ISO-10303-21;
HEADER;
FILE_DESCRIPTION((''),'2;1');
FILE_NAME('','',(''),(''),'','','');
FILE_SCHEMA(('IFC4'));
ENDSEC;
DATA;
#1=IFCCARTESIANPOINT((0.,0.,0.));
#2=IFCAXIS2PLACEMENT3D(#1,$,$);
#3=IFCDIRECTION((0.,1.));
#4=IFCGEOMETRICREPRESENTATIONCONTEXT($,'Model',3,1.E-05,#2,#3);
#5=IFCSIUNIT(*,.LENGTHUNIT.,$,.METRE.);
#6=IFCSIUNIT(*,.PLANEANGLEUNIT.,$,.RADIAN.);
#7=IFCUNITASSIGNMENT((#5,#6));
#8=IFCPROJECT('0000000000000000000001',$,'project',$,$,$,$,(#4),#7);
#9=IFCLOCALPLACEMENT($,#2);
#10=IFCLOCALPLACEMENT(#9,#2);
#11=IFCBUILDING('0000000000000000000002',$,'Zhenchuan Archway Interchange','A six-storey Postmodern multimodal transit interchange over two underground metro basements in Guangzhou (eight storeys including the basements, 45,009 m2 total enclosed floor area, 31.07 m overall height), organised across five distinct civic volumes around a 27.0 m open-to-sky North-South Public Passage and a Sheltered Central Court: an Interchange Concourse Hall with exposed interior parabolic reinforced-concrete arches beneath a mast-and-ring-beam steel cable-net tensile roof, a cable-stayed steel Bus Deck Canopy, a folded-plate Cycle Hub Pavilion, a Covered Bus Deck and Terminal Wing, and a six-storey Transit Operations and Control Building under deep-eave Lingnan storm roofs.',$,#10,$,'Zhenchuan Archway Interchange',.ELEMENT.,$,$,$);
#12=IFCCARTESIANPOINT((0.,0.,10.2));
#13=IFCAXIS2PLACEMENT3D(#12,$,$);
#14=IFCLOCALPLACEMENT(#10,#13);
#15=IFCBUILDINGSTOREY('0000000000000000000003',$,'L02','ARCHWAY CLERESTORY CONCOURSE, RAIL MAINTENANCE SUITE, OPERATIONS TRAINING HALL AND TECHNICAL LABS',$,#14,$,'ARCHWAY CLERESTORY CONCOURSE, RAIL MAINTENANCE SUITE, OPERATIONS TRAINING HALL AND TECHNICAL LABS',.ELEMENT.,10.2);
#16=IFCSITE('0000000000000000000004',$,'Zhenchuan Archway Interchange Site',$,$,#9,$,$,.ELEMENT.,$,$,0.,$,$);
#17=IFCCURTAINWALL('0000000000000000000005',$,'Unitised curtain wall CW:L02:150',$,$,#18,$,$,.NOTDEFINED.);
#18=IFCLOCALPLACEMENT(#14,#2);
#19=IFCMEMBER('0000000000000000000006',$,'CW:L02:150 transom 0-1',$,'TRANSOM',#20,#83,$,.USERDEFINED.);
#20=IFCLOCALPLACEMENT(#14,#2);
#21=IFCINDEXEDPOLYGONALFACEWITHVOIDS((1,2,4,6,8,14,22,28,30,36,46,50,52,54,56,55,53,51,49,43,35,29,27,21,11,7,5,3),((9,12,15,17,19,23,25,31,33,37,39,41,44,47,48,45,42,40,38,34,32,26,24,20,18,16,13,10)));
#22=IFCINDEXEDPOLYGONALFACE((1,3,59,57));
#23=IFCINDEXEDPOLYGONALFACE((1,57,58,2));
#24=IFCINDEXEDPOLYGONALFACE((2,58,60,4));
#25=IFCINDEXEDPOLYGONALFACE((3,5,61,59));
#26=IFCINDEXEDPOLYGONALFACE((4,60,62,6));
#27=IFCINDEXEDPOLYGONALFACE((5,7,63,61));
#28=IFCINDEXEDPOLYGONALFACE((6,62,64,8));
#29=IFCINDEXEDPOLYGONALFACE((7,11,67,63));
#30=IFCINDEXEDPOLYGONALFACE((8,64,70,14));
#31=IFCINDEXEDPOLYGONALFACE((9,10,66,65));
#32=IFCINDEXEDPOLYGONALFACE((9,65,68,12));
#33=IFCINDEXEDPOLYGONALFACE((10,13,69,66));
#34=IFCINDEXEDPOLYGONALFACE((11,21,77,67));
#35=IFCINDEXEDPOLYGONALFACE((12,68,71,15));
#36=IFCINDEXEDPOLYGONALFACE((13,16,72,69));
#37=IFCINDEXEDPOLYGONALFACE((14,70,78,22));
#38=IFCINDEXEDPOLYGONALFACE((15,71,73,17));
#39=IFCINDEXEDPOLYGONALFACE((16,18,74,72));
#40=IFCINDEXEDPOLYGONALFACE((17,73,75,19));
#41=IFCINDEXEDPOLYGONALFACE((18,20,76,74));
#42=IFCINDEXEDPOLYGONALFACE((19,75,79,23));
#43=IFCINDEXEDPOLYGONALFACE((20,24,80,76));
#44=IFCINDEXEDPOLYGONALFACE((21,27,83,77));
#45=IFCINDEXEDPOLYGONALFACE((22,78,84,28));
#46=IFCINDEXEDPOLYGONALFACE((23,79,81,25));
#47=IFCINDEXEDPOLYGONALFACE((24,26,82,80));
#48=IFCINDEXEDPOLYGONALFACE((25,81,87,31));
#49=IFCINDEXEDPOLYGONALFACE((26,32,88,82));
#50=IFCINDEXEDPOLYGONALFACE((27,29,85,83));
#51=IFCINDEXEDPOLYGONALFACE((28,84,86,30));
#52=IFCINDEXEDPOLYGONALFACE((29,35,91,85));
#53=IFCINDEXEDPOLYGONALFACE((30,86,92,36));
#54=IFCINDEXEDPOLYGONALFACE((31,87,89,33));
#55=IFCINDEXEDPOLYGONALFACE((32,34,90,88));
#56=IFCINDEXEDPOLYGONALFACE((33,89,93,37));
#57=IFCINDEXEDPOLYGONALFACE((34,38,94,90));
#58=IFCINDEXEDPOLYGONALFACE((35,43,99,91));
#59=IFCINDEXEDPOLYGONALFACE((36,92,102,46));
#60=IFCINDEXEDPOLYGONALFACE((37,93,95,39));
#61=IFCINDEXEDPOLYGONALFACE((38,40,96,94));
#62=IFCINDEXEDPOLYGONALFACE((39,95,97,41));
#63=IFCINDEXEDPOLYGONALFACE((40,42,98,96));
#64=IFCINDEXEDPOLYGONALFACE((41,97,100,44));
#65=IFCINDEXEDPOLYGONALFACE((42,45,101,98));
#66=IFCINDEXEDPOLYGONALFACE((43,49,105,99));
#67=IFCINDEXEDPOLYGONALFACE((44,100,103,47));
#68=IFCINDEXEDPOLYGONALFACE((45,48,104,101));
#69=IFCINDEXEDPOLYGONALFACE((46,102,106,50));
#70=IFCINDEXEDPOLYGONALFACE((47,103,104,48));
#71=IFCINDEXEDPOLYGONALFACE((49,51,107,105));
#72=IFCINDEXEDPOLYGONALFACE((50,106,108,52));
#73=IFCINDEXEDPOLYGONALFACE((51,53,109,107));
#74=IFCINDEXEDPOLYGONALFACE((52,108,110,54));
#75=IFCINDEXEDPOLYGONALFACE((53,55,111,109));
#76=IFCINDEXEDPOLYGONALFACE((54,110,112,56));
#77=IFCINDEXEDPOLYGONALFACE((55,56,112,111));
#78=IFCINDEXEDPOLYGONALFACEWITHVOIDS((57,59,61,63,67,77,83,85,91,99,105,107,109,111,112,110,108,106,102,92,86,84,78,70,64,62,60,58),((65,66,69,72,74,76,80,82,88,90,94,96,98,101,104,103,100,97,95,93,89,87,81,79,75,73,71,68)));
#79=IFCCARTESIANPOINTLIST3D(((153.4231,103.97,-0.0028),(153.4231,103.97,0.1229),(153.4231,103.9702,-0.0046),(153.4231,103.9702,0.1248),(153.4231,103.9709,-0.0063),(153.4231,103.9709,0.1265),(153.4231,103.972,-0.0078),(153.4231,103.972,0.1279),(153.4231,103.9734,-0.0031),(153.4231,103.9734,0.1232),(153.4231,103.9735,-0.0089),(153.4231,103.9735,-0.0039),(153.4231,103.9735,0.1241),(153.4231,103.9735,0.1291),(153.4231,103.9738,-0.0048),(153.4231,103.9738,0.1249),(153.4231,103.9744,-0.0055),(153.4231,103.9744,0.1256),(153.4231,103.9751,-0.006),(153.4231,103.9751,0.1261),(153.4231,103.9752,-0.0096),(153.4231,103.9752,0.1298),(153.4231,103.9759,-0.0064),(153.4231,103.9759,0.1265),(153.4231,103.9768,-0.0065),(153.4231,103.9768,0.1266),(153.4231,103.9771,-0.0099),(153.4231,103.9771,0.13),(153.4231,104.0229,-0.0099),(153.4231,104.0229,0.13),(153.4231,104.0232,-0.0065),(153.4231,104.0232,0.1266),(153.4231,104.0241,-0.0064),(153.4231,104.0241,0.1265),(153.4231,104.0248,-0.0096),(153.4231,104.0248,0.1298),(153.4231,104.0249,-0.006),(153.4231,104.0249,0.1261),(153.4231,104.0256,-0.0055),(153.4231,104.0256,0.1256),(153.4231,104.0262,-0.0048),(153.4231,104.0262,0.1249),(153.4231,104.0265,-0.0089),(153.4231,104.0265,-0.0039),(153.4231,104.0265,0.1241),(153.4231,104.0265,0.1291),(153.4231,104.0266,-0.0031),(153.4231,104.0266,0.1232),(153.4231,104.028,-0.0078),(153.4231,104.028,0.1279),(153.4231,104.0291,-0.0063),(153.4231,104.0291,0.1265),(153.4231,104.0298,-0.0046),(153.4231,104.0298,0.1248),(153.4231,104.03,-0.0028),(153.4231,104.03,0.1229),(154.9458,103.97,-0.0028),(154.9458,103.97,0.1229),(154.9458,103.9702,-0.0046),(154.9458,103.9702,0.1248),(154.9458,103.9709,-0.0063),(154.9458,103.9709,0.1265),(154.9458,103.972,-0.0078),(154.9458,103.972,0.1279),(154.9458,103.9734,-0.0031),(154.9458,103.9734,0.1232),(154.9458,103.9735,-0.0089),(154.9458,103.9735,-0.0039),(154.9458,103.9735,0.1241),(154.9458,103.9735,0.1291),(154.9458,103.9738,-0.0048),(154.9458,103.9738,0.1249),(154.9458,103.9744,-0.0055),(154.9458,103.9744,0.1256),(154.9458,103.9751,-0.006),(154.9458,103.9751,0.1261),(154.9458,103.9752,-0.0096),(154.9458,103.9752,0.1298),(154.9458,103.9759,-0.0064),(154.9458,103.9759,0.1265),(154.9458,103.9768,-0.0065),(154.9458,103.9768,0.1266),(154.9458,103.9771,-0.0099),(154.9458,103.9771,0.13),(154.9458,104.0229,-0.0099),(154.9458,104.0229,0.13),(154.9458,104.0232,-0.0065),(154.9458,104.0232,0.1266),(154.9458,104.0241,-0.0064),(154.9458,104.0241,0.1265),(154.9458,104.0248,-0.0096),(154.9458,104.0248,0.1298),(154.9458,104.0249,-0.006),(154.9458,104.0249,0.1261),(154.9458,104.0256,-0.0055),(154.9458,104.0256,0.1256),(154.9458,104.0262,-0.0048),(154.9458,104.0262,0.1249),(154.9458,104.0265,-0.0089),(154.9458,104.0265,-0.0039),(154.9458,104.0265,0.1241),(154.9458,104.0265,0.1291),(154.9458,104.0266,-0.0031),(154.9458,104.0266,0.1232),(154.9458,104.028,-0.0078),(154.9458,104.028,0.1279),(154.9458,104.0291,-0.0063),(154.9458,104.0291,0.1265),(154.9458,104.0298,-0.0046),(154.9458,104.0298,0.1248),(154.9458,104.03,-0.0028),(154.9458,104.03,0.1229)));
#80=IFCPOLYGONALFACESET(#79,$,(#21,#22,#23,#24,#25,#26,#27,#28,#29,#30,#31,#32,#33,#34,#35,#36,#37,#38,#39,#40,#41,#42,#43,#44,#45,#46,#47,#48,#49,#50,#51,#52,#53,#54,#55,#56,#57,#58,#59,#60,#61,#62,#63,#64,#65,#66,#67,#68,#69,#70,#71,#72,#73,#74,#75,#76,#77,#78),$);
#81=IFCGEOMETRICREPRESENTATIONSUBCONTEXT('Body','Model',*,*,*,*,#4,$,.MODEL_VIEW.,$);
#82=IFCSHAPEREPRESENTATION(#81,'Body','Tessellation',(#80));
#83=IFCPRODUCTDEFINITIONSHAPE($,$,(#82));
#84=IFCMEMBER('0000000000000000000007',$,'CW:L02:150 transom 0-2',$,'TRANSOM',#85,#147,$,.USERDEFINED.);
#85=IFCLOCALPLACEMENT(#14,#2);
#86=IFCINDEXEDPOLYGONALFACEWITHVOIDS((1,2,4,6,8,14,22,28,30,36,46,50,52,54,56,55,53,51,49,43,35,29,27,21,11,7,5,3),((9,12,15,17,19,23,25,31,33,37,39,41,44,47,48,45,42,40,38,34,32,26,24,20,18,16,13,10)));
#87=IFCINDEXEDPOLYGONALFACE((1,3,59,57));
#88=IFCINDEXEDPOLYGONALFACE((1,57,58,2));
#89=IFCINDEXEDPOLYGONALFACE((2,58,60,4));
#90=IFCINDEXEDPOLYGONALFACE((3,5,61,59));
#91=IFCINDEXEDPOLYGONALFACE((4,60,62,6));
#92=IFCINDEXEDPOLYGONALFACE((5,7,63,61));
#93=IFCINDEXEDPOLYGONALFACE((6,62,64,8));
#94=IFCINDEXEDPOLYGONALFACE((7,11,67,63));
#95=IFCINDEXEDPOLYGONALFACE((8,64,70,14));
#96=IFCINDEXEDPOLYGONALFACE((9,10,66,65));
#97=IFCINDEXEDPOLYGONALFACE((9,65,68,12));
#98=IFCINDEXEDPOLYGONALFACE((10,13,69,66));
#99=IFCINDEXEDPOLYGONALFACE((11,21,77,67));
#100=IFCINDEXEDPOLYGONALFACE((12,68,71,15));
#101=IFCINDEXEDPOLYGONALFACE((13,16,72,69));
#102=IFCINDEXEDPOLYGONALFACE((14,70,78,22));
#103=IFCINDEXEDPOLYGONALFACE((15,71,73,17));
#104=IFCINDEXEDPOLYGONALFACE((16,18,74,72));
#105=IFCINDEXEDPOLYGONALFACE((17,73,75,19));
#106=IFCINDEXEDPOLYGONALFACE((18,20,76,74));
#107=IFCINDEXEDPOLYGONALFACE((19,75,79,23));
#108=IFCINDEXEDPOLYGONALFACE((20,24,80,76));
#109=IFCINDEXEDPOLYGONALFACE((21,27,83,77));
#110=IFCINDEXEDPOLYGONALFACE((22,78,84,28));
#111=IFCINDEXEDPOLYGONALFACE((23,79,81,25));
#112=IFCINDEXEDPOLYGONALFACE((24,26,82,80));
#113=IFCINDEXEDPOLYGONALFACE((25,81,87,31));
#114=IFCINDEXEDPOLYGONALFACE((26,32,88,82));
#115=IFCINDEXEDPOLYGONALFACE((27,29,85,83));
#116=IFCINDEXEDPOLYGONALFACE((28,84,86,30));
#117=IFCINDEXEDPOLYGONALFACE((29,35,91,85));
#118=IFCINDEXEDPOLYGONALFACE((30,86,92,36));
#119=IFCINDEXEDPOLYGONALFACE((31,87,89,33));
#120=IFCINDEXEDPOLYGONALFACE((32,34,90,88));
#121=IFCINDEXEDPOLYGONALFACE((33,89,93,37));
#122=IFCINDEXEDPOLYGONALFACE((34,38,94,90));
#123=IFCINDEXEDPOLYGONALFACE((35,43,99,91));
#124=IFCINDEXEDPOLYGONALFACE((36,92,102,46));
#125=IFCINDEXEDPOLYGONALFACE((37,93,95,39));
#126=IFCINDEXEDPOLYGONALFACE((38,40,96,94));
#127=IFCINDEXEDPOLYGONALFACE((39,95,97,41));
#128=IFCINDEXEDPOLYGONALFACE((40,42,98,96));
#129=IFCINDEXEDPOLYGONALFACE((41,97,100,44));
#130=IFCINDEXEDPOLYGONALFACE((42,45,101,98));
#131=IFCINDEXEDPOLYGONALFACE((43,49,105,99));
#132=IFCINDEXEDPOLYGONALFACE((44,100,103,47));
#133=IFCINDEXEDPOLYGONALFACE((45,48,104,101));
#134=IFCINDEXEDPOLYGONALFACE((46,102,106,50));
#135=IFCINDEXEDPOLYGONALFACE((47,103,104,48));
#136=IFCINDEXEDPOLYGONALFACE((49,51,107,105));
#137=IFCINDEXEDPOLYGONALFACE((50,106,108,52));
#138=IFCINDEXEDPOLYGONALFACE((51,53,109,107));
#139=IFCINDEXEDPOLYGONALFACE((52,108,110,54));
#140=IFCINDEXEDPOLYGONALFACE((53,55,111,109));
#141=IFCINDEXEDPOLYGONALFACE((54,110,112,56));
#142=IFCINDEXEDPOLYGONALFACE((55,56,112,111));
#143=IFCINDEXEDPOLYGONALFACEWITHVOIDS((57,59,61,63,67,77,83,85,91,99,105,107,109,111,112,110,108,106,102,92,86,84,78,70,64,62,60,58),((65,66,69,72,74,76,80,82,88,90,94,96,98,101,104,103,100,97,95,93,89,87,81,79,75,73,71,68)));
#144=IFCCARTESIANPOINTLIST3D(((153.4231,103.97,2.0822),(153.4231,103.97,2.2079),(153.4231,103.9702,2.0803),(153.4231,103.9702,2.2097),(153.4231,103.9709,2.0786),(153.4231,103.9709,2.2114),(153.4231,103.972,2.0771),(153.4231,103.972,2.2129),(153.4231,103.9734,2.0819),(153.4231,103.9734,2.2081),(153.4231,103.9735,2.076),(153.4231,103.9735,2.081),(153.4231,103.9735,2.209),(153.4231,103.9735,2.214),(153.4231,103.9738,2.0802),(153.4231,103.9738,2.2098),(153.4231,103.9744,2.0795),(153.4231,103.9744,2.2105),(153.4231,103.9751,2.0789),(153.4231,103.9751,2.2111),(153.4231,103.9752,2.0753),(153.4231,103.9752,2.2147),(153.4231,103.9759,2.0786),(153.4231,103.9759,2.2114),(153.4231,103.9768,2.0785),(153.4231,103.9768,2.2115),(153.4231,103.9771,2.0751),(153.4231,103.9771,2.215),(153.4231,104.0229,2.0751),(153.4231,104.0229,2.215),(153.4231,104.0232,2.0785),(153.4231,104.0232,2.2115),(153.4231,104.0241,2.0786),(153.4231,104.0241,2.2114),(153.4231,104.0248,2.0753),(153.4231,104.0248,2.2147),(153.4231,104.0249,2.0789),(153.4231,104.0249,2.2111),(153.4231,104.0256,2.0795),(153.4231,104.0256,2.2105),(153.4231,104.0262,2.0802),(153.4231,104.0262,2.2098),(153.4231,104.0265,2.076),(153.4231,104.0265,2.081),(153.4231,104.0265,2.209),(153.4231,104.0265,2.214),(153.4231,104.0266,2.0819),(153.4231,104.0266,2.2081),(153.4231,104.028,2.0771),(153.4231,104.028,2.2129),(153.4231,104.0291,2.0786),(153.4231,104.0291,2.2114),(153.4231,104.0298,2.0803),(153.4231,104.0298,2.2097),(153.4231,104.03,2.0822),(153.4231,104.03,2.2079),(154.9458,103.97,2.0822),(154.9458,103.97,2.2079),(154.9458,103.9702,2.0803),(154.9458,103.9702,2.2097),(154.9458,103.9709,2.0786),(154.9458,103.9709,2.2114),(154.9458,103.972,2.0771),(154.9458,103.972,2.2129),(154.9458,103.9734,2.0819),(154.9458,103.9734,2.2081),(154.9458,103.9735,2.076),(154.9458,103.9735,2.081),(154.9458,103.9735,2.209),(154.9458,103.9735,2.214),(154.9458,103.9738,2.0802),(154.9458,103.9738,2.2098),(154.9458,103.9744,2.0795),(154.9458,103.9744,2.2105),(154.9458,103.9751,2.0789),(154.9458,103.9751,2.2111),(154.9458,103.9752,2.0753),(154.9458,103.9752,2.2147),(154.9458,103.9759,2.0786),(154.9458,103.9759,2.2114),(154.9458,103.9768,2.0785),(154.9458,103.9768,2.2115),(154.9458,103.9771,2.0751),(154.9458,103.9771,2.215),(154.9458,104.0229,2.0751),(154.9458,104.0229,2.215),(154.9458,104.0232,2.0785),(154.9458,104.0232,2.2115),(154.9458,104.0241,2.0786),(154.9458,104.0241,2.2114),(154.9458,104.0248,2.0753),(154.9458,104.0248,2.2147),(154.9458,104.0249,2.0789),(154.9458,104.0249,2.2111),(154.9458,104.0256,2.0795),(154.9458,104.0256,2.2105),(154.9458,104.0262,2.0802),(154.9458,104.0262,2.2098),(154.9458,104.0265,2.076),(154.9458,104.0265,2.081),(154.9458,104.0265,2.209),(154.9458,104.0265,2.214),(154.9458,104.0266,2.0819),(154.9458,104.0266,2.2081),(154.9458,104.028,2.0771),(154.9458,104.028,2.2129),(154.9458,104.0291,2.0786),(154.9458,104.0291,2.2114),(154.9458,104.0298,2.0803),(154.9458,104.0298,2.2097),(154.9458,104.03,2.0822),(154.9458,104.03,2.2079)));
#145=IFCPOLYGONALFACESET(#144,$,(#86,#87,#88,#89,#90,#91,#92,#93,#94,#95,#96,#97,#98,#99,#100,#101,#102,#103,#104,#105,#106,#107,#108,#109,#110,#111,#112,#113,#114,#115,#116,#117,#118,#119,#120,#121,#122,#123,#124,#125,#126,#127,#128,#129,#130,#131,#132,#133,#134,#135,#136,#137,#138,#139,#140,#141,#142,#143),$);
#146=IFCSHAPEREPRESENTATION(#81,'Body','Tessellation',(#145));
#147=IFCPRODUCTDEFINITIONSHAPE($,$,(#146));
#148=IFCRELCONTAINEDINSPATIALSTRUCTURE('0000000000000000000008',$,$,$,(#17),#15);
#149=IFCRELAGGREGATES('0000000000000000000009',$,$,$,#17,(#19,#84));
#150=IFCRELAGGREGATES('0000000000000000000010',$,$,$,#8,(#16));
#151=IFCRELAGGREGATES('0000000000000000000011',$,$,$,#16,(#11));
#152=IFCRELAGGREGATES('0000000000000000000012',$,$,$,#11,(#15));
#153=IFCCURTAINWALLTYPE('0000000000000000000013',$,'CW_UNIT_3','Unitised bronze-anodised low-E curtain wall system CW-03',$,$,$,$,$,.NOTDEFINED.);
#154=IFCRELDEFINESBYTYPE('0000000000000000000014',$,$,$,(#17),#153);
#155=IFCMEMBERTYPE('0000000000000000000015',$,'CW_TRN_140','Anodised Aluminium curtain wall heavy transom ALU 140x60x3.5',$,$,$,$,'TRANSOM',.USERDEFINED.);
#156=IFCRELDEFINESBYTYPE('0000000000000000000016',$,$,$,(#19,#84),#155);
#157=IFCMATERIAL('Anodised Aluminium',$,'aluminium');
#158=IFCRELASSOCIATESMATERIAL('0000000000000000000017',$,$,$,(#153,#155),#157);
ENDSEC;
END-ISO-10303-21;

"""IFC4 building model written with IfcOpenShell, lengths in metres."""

from ifc_helpers import new_model, si_unit, direction, frame, origin, origin_2d, place, context, subcontext, project, spatial, hollow_rectangle, extrude, material, material_profile, profile_set, type_object, element, aggregate, save


model = new_model("IFC4")

# Units and contexts
model_context = context("Model", 3, precision=1e-05, world=origin(), true_north=direction((0.0, 1.0)))
body_context = subcontext(model_context, "Body", "Model", "MODEL_VIEW")
ifc_project = project(units=[si_unit("LENGTHUNIT", "METRE"), si_unit("PLANEANGLEUNIT", "RADIAN")], contexts=[model_context])

# Site, building, storey
site_placement = place(None, origin())
site = spatial("IfcSite", under=ifc_project, at=site_placement, Name="Zhenchuan Archway Interchange Site", CompositionType="ELEMENT", RefElevation=0.0)
building_placement = place(site_placement, origin())
building = spatial("IfcBuilding", under=site, at=building_placement, Name="Zhenchuan Archway Interchange", Description="A six-storey Postmodern multimodal transit interchange over two underground metro basements in Guangzhou (eight storeys including the basements, 45,009 m2 total enclosed floor area, 31.07 m overall height), organised across five distinct civic volumes around a 27.0 m open-to-sky North-South Public Passage and a Sheltered Central Court: an Interchange Concourse Hall with exposed interior parabolic reinforced-concrete arches beneath a mast-and-ring-beam steel cable-net tensile roof, a cable-stayed steel Bus Deck Canopy, a folded-plate Cycle Hub Pavilion, a Covered Bus Deck and Terminal Wing, and a six-storey Transit Operations and Control Building under deep-eave Lingnan storm roofs.", LongName="Zhenchuan Archway Interchange", CompositionType="ELEMENT")
storey_placement = place(building_placement, frame((0.0, 0.0, 10.2)))
storey = spatial("IfcBuildingStorey", under=building, at=storey_placement, Name="L02", Description="ARCHWAY CLERESTORY CONCOURSE, RAIL MAINTENANCE SUITE, OPERATIONS TRAINING HALL AND TECHNICAL LABS", LongName="ARCHWAY CLERESTORY CONCOURSE, RAIL MAINTENANCE SUITE, OPERATIONS TRAINING HALL AND TECHNICAL LABS", CompositionType="ELEMENT", Elevation=10.2)

# Curtain wall, members
ifc_material_1 = material(Name="Anodised Aluminium", Category="aluminium")
curtain_wall_type = type_object("IfcCurtainWallType", Name="CW_UNIT_3", Description="Unitised bronze-anodised low-E curtain wall system CW-03", PredefinedType="NOTDEFINED", material=ifc_material_1)
curtain_wall_placement = place(storey_placement, origin())
curtain_wall = element("IfcCurtainWall", 1, at=curtain_wall_placement, inside=storey, type_object=curtain_wall_type, Name="Unitised curtain wall CW:L02:150", PredefinedType="NOTDEFINED")
ifc_material_profile_1 = material_profile(ifc_material_1, hollow_rectangle(XDim=0.0601, YDim=0.1399, WallThickness=0.0034, InnerFilletRadius=0.0034, OuterFilletRadius=0.0071, at=origin_2d()), Name="ALU 140x60x3.5")
ifc_profile_set_1 = profile_set([ifc_material_profile_1], Name="Anodised Aluminium")
member_type_1 = type_object("IfcMemberType", Name="CW_TRN_140", Description="Anodised Aluminium curtain wall heavy transom ALU 140x60x3.5", ElementType="TRANSOM", PredefinedType="USERDEFINED", material=ifc_profile_set_1)
member_1_placement = place(storey_placement, frame((153.4231, 104.0, 0.0601), z_axis=(1.0, 0.0, 0.0), x_axis=(0.0, 1.0, 0.0)))
member_1 = element("IfcMember", 2, at=member_1_placement, type_object=member_type_1, Name="CW:L02:150 transom 0-1", ObjectType="TRANSOM", PredefinedType="USERDEFINED", context=body_context, shape_type="SweptSolid", body=[
    extrude(hollow_rectangle(XDim=0.0601, YDim=0.1399, WallThickness=0.0034, InnerFilletRadius=0.0034, OuterFilletRadius=0.0071, at=origin_2d()), origin(), (0.0, 0.0, 1.0), 1.5227),
])
member_2_placement = place(storey_placement, frame((153.4231, 104.0, 2.145), z_axis=(1.0, 0.0, 0.0), x_axis=(0.0, 1.0, 0.0)))
member_2 = element("IfcMember", 3, at=member_2_placement, type_object=member_type_1, Name="CW:L02:150 transom 0-2", ObjectType="TRANSOM", PredefinedType="USERDEFINED", context=body_context, shape_type="SweptSolid", body=[
    extrude(hollow_rectangle(XDim=0.0601, YDim=0.1399, WallThickness=0.0034, InnerFilletRadius=0.0034, OuterFilletRadius=0.0071, at=origin_2d()), origin(), (0.0, 0.0, 1.0), 1.5227),
])

aggregate(curtain_wall, [member_1, member_2])

save(model, "model.ifc")
